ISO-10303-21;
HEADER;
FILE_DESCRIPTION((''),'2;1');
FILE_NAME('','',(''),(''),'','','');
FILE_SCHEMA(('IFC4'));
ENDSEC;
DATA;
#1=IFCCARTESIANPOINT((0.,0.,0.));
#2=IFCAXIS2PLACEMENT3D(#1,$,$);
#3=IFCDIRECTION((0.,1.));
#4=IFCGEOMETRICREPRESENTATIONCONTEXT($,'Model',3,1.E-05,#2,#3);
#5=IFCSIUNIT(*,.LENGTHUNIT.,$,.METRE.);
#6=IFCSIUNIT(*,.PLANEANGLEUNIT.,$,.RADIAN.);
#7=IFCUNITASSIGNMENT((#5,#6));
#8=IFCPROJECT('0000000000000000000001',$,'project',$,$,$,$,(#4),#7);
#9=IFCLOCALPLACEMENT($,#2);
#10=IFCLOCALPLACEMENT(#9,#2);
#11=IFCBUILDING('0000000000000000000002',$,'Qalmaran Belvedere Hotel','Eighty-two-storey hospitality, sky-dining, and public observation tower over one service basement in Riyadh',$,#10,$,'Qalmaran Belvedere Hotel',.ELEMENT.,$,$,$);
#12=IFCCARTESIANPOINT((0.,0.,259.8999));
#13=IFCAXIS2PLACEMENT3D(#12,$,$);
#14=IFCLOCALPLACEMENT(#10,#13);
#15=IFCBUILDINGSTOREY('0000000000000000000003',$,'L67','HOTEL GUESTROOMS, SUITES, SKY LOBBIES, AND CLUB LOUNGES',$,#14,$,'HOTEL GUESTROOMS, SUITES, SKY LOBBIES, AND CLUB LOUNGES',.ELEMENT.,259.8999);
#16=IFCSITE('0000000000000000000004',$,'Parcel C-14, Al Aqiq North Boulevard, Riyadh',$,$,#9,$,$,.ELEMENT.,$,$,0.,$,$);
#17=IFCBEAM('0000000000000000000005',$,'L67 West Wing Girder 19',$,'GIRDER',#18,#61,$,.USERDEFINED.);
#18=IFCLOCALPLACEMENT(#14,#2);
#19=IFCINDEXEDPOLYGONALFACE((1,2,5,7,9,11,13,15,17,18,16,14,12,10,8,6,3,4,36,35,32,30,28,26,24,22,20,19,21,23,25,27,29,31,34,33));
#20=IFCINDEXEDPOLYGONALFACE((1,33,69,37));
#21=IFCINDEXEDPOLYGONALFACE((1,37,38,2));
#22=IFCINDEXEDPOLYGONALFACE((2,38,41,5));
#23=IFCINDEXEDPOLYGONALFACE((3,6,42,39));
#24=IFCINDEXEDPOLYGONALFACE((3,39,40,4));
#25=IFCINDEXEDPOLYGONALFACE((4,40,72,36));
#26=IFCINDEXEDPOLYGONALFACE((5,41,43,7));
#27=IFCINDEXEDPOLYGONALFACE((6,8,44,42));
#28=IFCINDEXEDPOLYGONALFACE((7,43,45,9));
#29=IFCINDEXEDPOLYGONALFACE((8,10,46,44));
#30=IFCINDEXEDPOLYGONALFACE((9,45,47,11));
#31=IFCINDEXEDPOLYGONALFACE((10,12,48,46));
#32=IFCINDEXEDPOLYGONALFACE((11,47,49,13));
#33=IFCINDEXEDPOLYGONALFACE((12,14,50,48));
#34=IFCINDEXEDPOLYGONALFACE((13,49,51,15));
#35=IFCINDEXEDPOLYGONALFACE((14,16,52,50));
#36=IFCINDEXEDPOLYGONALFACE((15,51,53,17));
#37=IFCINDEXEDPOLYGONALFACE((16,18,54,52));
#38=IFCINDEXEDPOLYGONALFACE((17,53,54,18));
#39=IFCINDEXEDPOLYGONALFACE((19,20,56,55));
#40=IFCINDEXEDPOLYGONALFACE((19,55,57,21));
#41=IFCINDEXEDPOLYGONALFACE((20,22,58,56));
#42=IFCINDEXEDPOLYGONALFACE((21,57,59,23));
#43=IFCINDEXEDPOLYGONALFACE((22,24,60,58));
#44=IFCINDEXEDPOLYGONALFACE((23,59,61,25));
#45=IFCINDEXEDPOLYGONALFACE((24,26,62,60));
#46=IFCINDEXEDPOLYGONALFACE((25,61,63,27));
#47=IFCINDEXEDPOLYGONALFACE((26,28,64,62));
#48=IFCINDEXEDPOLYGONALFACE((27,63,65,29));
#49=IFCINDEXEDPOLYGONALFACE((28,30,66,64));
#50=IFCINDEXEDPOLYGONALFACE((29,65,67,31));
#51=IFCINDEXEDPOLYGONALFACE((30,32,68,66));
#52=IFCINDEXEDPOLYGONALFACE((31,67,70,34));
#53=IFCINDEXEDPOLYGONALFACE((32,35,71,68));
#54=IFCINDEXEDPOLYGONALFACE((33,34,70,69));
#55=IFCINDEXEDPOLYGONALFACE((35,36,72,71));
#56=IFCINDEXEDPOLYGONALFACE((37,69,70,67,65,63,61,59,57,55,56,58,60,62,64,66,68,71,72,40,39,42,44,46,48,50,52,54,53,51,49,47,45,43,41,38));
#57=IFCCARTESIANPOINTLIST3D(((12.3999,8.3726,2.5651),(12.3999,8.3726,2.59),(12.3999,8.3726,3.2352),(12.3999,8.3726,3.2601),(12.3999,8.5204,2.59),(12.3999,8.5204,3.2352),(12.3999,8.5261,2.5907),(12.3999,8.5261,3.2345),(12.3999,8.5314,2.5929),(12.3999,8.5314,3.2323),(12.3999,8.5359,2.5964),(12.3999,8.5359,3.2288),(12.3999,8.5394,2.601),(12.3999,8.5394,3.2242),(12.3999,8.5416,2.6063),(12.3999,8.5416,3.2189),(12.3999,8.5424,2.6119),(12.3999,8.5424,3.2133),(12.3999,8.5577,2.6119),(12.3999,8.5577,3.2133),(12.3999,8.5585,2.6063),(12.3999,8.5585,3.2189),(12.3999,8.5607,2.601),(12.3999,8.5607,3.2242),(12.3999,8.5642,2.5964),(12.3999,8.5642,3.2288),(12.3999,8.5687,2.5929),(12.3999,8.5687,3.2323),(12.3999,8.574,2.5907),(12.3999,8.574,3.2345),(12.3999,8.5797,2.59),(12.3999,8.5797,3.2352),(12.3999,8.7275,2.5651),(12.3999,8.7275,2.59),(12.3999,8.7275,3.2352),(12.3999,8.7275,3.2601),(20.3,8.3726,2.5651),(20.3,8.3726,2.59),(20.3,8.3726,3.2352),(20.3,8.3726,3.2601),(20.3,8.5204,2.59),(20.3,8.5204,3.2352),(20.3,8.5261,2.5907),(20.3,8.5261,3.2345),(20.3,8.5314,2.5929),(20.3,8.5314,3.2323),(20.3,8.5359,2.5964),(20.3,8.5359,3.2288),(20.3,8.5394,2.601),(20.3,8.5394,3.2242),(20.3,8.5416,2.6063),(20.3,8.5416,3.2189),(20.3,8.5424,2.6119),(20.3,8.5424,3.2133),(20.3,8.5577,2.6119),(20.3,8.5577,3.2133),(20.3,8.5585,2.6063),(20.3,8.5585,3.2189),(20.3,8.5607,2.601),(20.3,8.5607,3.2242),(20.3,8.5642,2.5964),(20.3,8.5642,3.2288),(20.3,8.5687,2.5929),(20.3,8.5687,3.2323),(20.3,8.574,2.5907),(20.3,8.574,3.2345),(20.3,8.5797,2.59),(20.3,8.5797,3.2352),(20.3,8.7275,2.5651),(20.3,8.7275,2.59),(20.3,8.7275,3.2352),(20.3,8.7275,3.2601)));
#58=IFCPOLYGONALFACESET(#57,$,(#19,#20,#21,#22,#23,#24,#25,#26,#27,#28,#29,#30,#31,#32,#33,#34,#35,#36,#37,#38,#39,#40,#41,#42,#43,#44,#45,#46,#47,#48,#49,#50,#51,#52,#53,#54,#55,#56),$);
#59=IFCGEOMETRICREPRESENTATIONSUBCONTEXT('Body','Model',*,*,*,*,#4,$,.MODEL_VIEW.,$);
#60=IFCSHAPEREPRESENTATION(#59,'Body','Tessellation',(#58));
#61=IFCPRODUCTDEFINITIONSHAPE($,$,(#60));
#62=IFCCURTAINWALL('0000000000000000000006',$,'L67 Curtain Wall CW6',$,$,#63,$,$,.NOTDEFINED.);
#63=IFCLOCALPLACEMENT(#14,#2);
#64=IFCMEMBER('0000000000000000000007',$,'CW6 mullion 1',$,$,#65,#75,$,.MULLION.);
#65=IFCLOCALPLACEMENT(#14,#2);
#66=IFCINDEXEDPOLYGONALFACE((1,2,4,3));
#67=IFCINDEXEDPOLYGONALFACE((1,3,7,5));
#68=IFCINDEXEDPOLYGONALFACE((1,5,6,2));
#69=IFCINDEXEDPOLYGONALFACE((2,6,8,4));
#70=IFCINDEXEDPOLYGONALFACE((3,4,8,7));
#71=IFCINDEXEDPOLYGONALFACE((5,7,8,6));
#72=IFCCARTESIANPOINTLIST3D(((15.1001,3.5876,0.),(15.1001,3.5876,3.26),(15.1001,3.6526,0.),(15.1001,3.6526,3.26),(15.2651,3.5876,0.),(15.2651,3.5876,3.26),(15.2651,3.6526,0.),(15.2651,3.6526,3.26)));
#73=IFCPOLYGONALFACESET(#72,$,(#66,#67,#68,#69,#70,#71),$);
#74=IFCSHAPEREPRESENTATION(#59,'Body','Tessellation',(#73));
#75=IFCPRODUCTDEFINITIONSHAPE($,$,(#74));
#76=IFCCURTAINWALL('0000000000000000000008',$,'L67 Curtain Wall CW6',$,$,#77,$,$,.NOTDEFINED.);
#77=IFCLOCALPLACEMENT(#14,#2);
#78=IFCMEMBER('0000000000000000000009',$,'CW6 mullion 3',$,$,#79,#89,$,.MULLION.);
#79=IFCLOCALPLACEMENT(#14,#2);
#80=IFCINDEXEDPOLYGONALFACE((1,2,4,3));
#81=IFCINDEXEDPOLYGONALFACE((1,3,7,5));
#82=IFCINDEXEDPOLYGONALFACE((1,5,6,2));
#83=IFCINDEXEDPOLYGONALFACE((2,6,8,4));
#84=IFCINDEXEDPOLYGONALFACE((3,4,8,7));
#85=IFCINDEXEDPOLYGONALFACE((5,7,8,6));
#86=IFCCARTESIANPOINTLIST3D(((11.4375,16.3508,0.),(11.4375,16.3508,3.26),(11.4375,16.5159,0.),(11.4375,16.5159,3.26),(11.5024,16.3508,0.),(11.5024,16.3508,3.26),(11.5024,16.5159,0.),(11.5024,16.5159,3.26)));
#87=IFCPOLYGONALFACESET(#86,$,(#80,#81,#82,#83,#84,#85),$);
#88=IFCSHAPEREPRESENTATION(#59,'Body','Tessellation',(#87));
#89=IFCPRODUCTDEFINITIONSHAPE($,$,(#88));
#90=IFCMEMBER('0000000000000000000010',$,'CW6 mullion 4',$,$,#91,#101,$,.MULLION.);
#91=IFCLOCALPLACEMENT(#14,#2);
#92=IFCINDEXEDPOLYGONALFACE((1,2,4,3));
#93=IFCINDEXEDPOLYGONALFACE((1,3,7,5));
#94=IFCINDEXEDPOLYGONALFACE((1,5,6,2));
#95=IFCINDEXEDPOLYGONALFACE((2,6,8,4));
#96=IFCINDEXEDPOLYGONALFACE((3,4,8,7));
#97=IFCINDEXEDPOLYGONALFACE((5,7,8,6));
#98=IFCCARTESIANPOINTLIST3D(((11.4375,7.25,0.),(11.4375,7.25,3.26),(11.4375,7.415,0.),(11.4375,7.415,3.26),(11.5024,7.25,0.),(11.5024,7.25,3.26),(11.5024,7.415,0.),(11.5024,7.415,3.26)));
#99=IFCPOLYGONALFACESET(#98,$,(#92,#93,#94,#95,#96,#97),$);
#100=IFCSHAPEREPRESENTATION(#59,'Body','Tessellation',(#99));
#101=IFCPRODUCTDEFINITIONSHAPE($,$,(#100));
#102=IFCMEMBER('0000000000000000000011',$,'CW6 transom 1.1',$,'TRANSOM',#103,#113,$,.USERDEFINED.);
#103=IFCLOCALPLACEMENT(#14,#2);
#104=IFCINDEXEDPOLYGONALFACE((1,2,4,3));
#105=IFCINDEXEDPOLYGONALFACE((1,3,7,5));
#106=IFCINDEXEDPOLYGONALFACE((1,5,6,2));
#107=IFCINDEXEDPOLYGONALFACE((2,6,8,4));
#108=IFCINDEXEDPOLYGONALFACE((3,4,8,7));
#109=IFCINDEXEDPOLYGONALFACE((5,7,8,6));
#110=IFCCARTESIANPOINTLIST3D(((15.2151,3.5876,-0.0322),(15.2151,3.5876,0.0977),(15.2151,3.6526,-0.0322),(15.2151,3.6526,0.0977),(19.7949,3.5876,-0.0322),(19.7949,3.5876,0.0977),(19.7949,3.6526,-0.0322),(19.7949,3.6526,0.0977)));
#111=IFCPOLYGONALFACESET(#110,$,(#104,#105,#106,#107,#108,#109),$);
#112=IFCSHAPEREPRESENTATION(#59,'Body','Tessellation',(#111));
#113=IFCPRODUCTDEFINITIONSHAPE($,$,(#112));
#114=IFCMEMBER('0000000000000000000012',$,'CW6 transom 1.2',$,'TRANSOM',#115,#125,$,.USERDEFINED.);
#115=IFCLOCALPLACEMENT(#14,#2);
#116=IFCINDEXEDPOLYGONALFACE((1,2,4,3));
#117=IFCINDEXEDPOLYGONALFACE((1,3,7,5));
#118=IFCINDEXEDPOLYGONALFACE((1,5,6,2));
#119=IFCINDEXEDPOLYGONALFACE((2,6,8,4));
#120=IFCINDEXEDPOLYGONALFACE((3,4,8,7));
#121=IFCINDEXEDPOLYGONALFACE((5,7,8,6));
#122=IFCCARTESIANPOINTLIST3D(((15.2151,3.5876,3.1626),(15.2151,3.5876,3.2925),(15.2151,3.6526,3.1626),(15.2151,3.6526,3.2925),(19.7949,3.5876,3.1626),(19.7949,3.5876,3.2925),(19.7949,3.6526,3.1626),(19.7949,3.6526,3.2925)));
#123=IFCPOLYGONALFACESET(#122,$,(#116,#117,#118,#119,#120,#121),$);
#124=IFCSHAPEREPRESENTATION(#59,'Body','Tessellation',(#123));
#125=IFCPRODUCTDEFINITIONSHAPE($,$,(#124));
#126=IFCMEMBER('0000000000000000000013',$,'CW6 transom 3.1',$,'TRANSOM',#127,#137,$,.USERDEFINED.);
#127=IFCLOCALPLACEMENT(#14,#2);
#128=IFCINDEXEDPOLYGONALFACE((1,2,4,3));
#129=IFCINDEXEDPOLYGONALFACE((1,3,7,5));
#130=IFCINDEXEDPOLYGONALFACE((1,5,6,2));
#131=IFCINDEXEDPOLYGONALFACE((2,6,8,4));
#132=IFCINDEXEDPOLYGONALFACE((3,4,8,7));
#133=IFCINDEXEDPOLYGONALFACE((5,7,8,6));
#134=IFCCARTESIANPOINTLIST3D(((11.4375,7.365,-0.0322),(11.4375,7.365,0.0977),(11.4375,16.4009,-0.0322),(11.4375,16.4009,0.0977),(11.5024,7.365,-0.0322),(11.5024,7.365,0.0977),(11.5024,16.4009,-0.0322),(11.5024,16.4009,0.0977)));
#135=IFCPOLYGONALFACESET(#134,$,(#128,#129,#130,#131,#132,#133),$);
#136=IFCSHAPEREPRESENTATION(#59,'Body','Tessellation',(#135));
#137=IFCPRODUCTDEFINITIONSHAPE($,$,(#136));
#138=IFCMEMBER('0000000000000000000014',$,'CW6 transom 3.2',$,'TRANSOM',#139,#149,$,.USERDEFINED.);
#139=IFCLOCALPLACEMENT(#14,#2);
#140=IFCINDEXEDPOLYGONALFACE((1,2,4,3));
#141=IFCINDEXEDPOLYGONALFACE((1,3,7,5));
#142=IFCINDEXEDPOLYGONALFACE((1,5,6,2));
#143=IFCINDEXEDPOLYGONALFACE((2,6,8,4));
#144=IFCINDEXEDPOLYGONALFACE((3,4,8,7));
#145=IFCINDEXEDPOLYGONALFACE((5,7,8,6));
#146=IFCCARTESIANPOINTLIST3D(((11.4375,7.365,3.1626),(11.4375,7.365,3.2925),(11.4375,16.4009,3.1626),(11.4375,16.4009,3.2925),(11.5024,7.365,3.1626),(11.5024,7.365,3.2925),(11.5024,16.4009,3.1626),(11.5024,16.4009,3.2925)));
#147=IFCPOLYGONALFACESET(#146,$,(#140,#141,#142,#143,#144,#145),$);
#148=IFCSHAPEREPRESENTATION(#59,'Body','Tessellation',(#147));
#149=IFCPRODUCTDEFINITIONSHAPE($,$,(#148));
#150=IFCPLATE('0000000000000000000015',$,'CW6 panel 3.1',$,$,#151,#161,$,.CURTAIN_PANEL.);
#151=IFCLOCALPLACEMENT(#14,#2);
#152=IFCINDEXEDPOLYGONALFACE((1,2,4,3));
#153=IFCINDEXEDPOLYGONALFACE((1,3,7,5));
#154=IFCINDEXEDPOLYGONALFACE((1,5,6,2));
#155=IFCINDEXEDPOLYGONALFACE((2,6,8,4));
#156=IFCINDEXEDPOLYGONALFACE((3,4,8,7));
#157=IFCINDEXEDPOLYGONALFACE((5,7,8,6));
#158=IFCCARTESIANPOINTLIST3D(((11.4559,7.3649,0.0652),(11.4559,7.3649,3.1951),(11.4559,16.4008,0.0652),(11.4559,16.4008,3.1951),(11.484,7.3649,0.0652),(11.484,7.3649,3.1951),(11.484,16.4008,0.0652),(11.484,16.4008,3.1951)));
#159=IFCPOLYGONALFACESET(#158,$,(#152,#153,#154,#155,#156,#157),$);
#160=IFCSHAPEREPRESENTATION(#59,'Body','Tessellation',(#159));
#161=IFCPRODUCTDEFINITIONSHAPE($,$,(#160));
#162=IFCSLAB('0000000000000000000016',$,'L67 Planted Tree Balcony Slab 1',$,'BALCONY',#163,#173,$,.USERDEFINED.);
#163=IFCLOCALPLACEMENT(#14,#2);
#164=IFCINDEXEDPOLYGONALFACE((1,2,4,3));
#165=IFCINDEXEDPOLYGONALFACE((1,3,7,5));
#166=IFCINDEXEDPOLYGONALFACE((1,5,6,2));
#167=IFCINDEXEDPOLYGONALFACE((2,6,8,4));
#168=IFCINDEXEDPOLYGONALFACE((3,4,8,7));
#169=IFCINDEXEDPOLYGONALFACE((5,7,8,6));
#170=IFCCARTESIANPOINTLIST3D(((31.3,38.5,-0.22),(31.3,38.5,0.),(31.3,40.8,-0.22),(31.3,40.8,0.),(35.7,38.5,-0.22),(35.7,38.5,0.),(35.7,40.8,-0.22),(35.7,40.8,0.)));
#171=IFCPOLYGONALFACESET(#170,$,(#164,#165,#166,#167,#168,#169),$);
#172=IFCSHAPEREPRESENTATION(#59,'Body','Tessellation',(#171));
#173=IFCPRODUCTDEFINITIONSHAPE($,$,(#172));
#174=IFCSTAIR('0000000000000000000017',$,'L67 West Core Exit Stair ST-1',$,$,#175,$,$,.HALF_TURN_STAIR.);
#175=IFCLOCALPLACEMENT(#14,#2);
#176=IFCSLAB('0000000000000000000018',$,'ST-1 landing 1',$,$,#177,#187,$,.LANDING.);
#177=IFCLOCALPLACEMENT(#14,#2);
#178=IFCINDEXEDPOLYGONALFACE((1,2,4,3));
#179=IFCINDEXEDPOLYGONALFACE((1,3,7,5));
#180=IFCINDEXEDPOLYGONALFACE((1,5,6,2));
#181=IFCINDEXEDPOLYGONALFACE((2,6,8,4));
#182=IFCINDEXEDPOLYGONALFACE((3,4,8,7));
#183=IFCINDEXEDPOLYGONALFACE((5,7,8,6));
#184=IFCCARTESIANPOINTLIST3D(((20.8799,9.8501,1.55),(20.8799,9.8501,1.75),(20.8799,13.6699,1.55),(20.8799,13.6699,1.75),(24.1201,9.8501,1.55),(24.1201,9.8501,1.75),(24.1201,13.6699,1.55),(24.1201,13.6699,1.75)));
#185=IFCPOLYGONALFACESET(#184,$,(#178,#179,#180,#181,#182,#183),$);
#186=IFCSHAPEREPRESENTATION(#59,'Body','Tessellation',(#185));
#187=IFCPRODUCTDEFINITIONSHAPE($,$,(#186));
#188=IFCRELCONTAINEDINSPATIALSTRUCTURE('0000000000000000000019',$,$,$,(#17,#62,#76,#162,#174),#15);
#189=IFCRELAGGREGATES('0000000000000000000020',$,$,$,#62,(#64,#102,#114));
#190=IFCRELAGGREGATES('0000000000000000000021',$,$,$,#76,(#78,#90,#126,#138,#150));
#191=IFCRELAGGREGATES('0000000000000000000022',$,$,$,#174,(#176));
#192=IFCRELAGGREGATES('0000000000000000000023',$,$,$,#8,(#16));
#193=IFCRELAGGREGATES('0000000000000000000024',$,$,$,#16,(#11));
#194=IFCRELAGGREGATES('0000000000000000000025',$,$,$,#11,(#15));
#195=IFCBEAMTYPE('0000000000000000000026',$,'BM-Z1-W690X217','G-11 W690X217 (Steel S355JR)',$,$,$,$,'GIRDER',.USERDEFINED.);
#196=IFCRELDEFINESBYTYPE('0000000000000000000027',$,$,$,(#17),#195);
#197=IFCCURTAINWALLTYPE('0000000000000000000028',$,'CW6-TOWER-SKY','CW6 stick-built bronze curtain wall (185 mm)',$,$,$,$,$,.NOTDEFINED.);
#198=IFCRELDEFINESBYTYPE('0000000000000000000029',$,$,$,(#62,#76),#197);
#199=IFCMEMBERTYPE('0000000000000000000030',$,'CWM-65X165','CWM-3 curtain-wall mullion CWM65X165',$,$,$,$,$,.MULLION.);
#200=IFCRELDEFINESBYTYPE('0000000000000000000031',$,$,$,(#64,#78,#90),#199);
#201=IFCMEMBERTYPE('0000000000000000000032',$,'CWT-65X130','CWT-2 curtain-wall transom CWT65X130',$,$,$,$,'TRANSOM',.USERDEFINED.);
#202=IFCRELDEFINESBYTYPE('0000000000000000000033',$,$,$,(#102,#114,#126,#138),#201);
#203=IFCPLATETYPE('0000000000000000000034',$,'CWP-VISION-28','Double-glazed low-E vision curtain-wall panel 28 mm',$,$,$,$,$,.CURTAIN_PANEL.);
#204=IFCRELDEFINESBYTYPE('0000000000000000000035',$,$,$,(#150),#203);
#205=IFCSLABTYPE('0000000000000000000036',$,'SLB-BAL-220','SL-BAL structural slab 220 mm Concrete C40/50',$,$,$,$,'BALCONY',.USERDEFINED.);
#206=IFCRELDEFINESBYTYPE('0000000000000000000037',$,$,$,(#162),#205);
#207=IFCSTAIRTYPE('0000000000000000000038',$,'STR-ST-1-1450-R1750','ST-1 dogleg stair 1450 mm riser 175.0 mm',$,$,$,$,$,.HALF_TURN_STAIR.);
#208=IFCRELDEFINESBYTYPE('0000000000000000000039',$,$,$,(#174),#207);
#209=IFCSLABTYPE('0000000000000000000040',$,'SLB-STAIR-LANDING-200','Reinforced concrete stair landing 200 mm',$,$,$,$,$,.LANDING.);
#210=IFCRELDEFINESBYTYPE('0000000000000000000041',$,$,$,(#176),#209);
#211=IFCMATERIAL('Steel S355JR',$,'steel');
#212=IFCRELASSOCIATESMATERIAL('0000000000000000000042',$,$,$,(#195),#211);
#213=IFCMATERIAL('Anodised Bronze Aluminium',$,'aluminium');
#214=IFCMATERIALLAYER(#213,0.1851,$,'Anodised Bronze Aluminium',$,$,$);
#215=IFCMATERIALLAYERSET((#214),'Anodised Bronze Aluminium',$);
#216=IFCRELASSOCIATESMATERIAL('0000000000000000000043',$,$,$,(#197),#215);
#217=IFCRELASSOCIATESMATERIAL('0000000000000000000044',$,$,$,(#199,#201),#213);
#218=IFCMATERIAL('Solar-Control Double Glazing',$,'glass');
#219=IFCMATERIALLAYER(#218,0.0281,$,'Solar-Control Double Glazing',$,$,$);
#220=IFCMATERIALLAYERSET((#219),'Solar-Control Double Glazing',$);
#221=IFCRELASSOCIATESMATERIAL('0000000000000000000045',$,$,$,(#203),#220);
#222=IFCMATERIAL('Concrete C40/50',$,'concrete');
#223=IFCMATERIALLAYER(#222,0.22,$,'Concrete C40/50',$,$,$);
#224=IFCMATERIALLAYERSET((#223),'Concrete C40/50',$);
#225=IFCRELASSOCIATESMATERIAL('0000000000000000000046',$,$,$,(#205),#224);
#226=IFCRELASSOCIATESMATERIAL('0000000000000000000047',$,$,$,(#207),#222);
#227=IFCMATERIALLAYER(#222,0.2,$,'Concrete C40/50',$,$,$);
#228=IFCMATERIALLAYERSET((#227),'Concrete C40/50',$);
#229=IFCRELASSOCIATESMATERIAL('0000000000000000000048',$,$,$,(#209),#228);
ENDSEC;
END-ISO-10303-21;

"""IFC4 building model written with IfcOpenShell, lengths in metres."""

from ifc_helpers import new_model, si_unit, direction, frame, origin, origin_2d, place, context, subcontext, project, spatial, polyline, rectangle, i_section, outline, extrude, material, layer, layer_set, material_profile, profile_set, type_object, element, aggregate, save


model = new_model("IFC4")

# Units and contexts
model_context = context("Model", 3, precision=1e-05, world=origin(), true_north=direction((0.0, 1.0)))
body_context = subcontext(model_context, "Body", "Model", "MODEL_VIEW")
ifc_project = project(units=[si_unit("LENGTHUNIT", "METRE"), si_unit("PLANEANGLEUNIT", "RADIAN")], contexts=[model_context])

# Site, building, storey
site_placement = place(None, origin())
site = spatial("IfcSite", under=ifc_project, at=site_placement, Name="Parcel C-14, Al Aqiq North Boulevard, Riyadh", CompositionType="ELEMENT", RefElevation=0.0)
building_placement = place(site_placement, origin())
building = spatial("IfcBuilding", under=site, at=building_placement, Name="Qalmaran Belvedere Hotel", Description="Eighty-two-storey hospitality, sky-dining, and public observation tower over one service basement in Riyadh", LongName="Qalmaran Belvedere Hotel", CompositionType="ELEMENT")
storey_placement = place(building_placement, frame((0.0, 0.0, 259.8999)))
storey = spatial("IfcBuildingStorey", under=building, at=storey_placement, Name="L67", Description="HOTEL GUESTROOMS, SUITES, SKY LOBBIES, AND CLUB LOUNGES", LongName="HOTEL GUESTROOMS, SUITES, SKY LOBBIES, AND CLUB LOUNGES", CompositionType="ELEMENT", Elevation=259.8999)

# Beam
ifc_material_1 = material(Name="Steel S355JR", Category="steel")
ifc_material_profile_1 = material_profile(ifc_material_1, i_section(OverallWidth=0.355, OverallDepth=0.6951, WebThickness=0.0154, FlangeThickness=0.0249, FilletRadius=0.022, at=origin_2d()), Name="W690X217")
ifc_profile_set_1 = profile_set([ifc_material_profile_1], Name="Steel S355JR")
beam_type_1 = type_object("IfcBeamType", Name="BM-Z1-W690X217", Description="G-11 W690X217 (Steel S355JR)", ElementType="GIRDER", PredefinedType="USERDEFINED", material=ifc_profile_set_1)
beam_1_placement = place(storey_placement, frame((12.3999, 8.55, 2.9126), z_axis=(1.0, 0.0, 0.0), x_axis=(0.0, 1.0, 0.0)))
element("IfcBeam", 1, at=beam_1_placement, inside=storey, type_object=beam_type_1, Name="L67 West Wing Girder 19", ObjectType="GIRDER", PredefinedType="USERDEFINED", context=body_context, shape_type="SweptSolid", body=[
    extrude(i_section(OverallWidth=0.355, OverallDepth=0.6951, WebThickness=0.0154, FlangeThickness=0.0249, FilletRadius=0.022, at=origin_2d()), origin(), (0.0, 0.0, 1.0), 7.9001),
])

# Curtain wall, member
ifc_material_2 = material(Name="Anodised Bronze Aluminium", Category="aluminium")
ifc_layer_1 = layer(ifc_material_2, 0.1851, Name="Anodised Bronze Aluminium")
ifc_layer_set_1 = layer_set([ifc_layer_1], Name="Anodised Bronze Aluminium")
curtain_wall_type = type_object("IfcCurtainWallType", Name="CW6-TOWER-SKY", Description="CW6 stick-built bronze curtain wall (185 mm)", PredefinedType="NOTDEFINED", material=ifc_layer_set_1)
curtain_wall_1_placement = place(storey_placement, origin())
curtain_wall_1 = element("IfcCurtainWall", 2, at=curtain_wall_1_placement, inside=storey, type_object=curtain_wall_type, Name="L67 Curtain Wall CW6", PredefinedType="NOTDEFINED")
ifc_material_profile_2 = material_profile(ifc_material_2, rectangle(XDim=0.0649, YDim=0.165, at=origin_2d()), Name="CWM65X165")
ifc_profile_set_2 = profile_set([ifc_material_profile_2], Name="Anodised Bronze Aluminium")
member_type_1 = type_object("IfcMemberType", Name="CWM-65X165", Description="CWM-3 curtain-wall mullion CWM65X165", PredefinedType="MULLION", material=ifc_profile_set_2)
member_1_placement = place(storey_placement, frame((15.1826, 3.6201, 0.0), z_axis=(0.0, 0.0, 1.0), x_axis=(0.0, 1.0, 0.0)))
member_1 = element("IfcMember", 3, at=member_1_placement, type_object=member_type_1, Name="CW6 mullion 1", PredefinedType="MULLION", context=body_context, shape_type="SweptSolid", body=[
    extrude(rectangle(XDim=0.0649, YDim=0.165, at=origin_2d()), origin(), (0.0, 0.0, 1.0), 3.26),
])

# Curtain wall, members
curtain_wall_2_placement = place(storey_placement, origin())
curtain_wall_2 = element("IfcCurtainWall", 4, at=curtain_wall_2_placement, inside=storey, type_object=curtain_wall_type, Name="L67 Curtain Wall CW6", PredefinedType="NOTDEFINED")
member_2_placement = place(storey_placement, frame((11.47, 16.4333, 0.0), z_axis=(0.0, 0.0, 1.0), x_axis=(1.0, 0.0, 0.0)))
member_2 = element("IfcMember", 5, at=member_2_placement, type_object=member_type_1, Name="CW6 mullion 3", PredefinedType="MULLION", context=body_context, shape_type="SweptSolid", body=[
    extrude(rectangle(XDim=0.0649, YDim=0.165, at=origin_2d()), origin(), (0.0, 0.0, 1.0), 3.26),
])
member_3_placement = place(storey_placement, frame((11.47, 7.3325, 0.0), z_axis=(0.0, 0.0, 1.0), x_axis=(1.0, 0.0, 0.0)))
member_3 = element("IfcMember", 6, at=member_3_placement, type_object=member_type_1, Name="CW6 mullion 4", PredefinedType="MULLION", context=body_context, shape_type="SweptSolid", body=[
    extrude(rectangle(XDim=0.0649, YDim=0.165, at=origin_2d()), origin(), (0.0, 0.0, 1.0), 3.26),
])

# Members
ifc_material_profile_3 = material_profile(ifc_material_2, rectangle(XDim=0.0649, YDim=0.1299, at=origin_2d()), Name="CWT65X130")
ifc_profile_set_3 = profile_set([ifc_material_profile_3], Name="Anodised Bronze Aluminium")
member_type_2 = type_object("IfcMemberType", Name="CWT-65X130", Description="CWT-2 curtain-wall transom CWT65X130", ElementType="TRANSOM", PredefinedType="USERDEFINED", material=ifc_profile_set_3)
member_4_placement = place(storey_placement, frame((15.2151, 3.6201, 0.0327), z_axis=(1.0, 0.0, 0.0), x_axis=(0.0, 1.0, 0.0)))
member_4 = element("IfcMember", 7, at=member_4_placement, type_object=member_type_2, Name="CW6 transom 1.1", ObjectType="TRANSOM", PredefinedType="USERDEFINED", context=body_context, shape_type="SweptSolid", body=[
    extrude(rectangle(XDim=0.0649, YDim=0.1299, at=origin_2d()), origin(), (0.0, 0.0, 1.0), 4.5798),
])
member_5_placement = place(storey_placement, frame((15.2151, 3.6201, 3.2275), z_axis=(1.0, 0.0, 0.0), x_axis=(0.0, 1.0, 0.0)))
member_5 = element("IfcMember", 8, at=member_5_placement, type_object=member_type_2, Name="CW6 transom 1.2", ObjectType="TRANSOM", PredefinedType="USERDEFINED", context=body_context, shape_type="SweptSolid", body=[
    extrude(rectangle(XDim=0.0649, YDim=0.1299, at=origin_2d()), origin(), (0.0, 0.0, 1.0), 4.5798),
])
aggregate(curtain_wall_1, [member_1, member_4, member_5])
member_6_placement = place(storey_placement, frame((11.47, 16.4009, 0.0327), z_axis=(0.0, -1.0, 0.0), x_axis=(1.0, 0.0, 0.0)))
member_6 = element("IfcMember", 9, at=member_6_placement, type_object=member_type_2, Name="CW6 transom 3.1", ObjectType="TRANSOM", PredefinedType="USERDEFINED", context=body_context, shape_type="SweptSolid", body=[
    extrude(rectangle(XDim=0.0649, YDim=0.1299, at=origin_2d()), origin(), (0.0, 0.0, 1.0), 9.0359),
])
member_7_placement = place(storey_placement, frame((11.47, 16.4009, 3.2275), z_axis=(0.0, -1.0, 0.0), x_axis=(1.0, 0.0, 0.0)))
member_7 = element("IfcMember", 10, at=member_7_placement, type_object=member_type_2, Name="CW6 transom 3.2", ObjectType="TRANSOM", PredefinedType="USERDEFINED", context=body_context, shape_type="SweptSolid", body=[
    extrude(rectangle(XDim=0.0649, YDim=0.1299, at=origin_2d()), origin(), (0.0, 0.0, 1.0), 9.0359),
])

# Plate
ifc_material_3 = material(Name="Solar-Control Double Glazing", Category="glass")
ifc_layer_2 = layer(ifc_material_3, 0.0281, Name="Solar-Control Double Glazing")
ifc_layer_set_2 = layer_set([ifc_layer_2], Name="Solar-Control Double Glazing")
plate_type = type_object("IfcPlateType", Name="CWP-VISION-28", Description="Double-glazed low-E vision curtain-wall panel 28 mm", PredefinedType="CURTAIN_PANEL", material=ifc_layer_set_2)
plate_placement = place(storey_placement, frame((11.47, 11.8828, 0.0652), z_axis=(0.0, 0.0, 1.0), x_axis=(0.0, -1.0, 0.0)))
plate = element("IfcPlate", 11, at=plate_placement, type_object=plate_type, Name="CW6 panel 3.1", PredefinedType="CURTAIN_PANEL", context=body_context, shape_type="SweptSolid", body=[
    extrude(rectangle(XDim=9.0359, YDim=0.0281, at=origin_2d()), origin(), (0.0, 0.0, 1.0), 3.1299),
])
aggregate(curtain_wall_2, [member_2, member_3, member_6, member_7, plate])

# Slab
ifc_material_4 = material(Name="Concrete C40/50", Category="concrete")
ifc_layer_3 = layer(ifc_material_4, 0.22, Name="Concrete C40/50")
ifc_layer_set_3 = layer_set([ifc_layer_3], Name="Concrete C40/50")
slab_type_1 = type_object("IfcSlabType", Name="SLB-BAL-220", Description="SL-BAL structural slab 220 mm Concrete C40/50", ElementType="BALCONY", PredefinedType="USERDEFINED", material=ifc_layer_set_3)
slab_1_placement = place(storey_placement, frame((0.0, 0.0, -0.22)))
element("IfcSlab", 12, at=slab_1_placement, inside=storey, type_object=slab_type_1, Name="L67 Planted Tree Balcony Slab 1", ObjectType="BALCONY", PredefinedType="USERDEFINED", context=body_context, shape_type="SweptSolid", body=[
    extrude(outline(polyline([(31.3, 38.5), (35.7, 38.5), (35.7, 40.8), (31.3, 40.8), (31.3, 38.5)])), origin(), (0.0, 0.0, 1.0), 0.22),
])

# Stair, slab
stair_type_1 = type_object("IfcStairType", Name="STR-ST-1-1450-R1750", Description="ST-1 dogleg stair 1450 mm riser 175.0 mm", PredefinedType="HALF_TURN_STAIR", material=ifc_material_4)
stair_1_placement = place(storey_placement, origin())
stair_1 = element("IfcStair", 13, at=stair_1_placement, inside=storey, type_object=stair_type_1, Name="L67 West Core Exit Stair ST-1", PredefinedType="HALF_TURN_STAIR")
ifc_layer_4 = layer(ifc_material_4, 0.2, Name="Concrete C40/50")
ifc_layer_set_4 = layer_set([ifc_layer_4], Name="Concrete C40/50")
slab_type_2 = type_object("IfcSlabType", Name="SLB-STAIR-LANDING-200", Description="Reinforced concrete stair landing 200 mm", PredefinedType="LANDING", material=ifc_layer_set_4)
slab_2_placement = place(storey_placement, frame((0.0, 0.0, 1.55)))
slab_2 = element("IfcSlab", 14, at=slab_2_placement, type_object=slab_type_2, Name="ST-1 landing 1", PredefinedType="LANDING", context=body_context, shape_type="SweptSolid", body=[
    extrude(outline(polyline([(20.8799, 13.6699), (20.8799, 9.8501), (24.1201, 9.8501), (24.1201, 13.6699), (20.8799, 13.6699)])), origin(), (0.0, 0.0, 1.0), 0.2),
])
aggregate(stair_1, [slab_2])

save(model, "model.ifc")
